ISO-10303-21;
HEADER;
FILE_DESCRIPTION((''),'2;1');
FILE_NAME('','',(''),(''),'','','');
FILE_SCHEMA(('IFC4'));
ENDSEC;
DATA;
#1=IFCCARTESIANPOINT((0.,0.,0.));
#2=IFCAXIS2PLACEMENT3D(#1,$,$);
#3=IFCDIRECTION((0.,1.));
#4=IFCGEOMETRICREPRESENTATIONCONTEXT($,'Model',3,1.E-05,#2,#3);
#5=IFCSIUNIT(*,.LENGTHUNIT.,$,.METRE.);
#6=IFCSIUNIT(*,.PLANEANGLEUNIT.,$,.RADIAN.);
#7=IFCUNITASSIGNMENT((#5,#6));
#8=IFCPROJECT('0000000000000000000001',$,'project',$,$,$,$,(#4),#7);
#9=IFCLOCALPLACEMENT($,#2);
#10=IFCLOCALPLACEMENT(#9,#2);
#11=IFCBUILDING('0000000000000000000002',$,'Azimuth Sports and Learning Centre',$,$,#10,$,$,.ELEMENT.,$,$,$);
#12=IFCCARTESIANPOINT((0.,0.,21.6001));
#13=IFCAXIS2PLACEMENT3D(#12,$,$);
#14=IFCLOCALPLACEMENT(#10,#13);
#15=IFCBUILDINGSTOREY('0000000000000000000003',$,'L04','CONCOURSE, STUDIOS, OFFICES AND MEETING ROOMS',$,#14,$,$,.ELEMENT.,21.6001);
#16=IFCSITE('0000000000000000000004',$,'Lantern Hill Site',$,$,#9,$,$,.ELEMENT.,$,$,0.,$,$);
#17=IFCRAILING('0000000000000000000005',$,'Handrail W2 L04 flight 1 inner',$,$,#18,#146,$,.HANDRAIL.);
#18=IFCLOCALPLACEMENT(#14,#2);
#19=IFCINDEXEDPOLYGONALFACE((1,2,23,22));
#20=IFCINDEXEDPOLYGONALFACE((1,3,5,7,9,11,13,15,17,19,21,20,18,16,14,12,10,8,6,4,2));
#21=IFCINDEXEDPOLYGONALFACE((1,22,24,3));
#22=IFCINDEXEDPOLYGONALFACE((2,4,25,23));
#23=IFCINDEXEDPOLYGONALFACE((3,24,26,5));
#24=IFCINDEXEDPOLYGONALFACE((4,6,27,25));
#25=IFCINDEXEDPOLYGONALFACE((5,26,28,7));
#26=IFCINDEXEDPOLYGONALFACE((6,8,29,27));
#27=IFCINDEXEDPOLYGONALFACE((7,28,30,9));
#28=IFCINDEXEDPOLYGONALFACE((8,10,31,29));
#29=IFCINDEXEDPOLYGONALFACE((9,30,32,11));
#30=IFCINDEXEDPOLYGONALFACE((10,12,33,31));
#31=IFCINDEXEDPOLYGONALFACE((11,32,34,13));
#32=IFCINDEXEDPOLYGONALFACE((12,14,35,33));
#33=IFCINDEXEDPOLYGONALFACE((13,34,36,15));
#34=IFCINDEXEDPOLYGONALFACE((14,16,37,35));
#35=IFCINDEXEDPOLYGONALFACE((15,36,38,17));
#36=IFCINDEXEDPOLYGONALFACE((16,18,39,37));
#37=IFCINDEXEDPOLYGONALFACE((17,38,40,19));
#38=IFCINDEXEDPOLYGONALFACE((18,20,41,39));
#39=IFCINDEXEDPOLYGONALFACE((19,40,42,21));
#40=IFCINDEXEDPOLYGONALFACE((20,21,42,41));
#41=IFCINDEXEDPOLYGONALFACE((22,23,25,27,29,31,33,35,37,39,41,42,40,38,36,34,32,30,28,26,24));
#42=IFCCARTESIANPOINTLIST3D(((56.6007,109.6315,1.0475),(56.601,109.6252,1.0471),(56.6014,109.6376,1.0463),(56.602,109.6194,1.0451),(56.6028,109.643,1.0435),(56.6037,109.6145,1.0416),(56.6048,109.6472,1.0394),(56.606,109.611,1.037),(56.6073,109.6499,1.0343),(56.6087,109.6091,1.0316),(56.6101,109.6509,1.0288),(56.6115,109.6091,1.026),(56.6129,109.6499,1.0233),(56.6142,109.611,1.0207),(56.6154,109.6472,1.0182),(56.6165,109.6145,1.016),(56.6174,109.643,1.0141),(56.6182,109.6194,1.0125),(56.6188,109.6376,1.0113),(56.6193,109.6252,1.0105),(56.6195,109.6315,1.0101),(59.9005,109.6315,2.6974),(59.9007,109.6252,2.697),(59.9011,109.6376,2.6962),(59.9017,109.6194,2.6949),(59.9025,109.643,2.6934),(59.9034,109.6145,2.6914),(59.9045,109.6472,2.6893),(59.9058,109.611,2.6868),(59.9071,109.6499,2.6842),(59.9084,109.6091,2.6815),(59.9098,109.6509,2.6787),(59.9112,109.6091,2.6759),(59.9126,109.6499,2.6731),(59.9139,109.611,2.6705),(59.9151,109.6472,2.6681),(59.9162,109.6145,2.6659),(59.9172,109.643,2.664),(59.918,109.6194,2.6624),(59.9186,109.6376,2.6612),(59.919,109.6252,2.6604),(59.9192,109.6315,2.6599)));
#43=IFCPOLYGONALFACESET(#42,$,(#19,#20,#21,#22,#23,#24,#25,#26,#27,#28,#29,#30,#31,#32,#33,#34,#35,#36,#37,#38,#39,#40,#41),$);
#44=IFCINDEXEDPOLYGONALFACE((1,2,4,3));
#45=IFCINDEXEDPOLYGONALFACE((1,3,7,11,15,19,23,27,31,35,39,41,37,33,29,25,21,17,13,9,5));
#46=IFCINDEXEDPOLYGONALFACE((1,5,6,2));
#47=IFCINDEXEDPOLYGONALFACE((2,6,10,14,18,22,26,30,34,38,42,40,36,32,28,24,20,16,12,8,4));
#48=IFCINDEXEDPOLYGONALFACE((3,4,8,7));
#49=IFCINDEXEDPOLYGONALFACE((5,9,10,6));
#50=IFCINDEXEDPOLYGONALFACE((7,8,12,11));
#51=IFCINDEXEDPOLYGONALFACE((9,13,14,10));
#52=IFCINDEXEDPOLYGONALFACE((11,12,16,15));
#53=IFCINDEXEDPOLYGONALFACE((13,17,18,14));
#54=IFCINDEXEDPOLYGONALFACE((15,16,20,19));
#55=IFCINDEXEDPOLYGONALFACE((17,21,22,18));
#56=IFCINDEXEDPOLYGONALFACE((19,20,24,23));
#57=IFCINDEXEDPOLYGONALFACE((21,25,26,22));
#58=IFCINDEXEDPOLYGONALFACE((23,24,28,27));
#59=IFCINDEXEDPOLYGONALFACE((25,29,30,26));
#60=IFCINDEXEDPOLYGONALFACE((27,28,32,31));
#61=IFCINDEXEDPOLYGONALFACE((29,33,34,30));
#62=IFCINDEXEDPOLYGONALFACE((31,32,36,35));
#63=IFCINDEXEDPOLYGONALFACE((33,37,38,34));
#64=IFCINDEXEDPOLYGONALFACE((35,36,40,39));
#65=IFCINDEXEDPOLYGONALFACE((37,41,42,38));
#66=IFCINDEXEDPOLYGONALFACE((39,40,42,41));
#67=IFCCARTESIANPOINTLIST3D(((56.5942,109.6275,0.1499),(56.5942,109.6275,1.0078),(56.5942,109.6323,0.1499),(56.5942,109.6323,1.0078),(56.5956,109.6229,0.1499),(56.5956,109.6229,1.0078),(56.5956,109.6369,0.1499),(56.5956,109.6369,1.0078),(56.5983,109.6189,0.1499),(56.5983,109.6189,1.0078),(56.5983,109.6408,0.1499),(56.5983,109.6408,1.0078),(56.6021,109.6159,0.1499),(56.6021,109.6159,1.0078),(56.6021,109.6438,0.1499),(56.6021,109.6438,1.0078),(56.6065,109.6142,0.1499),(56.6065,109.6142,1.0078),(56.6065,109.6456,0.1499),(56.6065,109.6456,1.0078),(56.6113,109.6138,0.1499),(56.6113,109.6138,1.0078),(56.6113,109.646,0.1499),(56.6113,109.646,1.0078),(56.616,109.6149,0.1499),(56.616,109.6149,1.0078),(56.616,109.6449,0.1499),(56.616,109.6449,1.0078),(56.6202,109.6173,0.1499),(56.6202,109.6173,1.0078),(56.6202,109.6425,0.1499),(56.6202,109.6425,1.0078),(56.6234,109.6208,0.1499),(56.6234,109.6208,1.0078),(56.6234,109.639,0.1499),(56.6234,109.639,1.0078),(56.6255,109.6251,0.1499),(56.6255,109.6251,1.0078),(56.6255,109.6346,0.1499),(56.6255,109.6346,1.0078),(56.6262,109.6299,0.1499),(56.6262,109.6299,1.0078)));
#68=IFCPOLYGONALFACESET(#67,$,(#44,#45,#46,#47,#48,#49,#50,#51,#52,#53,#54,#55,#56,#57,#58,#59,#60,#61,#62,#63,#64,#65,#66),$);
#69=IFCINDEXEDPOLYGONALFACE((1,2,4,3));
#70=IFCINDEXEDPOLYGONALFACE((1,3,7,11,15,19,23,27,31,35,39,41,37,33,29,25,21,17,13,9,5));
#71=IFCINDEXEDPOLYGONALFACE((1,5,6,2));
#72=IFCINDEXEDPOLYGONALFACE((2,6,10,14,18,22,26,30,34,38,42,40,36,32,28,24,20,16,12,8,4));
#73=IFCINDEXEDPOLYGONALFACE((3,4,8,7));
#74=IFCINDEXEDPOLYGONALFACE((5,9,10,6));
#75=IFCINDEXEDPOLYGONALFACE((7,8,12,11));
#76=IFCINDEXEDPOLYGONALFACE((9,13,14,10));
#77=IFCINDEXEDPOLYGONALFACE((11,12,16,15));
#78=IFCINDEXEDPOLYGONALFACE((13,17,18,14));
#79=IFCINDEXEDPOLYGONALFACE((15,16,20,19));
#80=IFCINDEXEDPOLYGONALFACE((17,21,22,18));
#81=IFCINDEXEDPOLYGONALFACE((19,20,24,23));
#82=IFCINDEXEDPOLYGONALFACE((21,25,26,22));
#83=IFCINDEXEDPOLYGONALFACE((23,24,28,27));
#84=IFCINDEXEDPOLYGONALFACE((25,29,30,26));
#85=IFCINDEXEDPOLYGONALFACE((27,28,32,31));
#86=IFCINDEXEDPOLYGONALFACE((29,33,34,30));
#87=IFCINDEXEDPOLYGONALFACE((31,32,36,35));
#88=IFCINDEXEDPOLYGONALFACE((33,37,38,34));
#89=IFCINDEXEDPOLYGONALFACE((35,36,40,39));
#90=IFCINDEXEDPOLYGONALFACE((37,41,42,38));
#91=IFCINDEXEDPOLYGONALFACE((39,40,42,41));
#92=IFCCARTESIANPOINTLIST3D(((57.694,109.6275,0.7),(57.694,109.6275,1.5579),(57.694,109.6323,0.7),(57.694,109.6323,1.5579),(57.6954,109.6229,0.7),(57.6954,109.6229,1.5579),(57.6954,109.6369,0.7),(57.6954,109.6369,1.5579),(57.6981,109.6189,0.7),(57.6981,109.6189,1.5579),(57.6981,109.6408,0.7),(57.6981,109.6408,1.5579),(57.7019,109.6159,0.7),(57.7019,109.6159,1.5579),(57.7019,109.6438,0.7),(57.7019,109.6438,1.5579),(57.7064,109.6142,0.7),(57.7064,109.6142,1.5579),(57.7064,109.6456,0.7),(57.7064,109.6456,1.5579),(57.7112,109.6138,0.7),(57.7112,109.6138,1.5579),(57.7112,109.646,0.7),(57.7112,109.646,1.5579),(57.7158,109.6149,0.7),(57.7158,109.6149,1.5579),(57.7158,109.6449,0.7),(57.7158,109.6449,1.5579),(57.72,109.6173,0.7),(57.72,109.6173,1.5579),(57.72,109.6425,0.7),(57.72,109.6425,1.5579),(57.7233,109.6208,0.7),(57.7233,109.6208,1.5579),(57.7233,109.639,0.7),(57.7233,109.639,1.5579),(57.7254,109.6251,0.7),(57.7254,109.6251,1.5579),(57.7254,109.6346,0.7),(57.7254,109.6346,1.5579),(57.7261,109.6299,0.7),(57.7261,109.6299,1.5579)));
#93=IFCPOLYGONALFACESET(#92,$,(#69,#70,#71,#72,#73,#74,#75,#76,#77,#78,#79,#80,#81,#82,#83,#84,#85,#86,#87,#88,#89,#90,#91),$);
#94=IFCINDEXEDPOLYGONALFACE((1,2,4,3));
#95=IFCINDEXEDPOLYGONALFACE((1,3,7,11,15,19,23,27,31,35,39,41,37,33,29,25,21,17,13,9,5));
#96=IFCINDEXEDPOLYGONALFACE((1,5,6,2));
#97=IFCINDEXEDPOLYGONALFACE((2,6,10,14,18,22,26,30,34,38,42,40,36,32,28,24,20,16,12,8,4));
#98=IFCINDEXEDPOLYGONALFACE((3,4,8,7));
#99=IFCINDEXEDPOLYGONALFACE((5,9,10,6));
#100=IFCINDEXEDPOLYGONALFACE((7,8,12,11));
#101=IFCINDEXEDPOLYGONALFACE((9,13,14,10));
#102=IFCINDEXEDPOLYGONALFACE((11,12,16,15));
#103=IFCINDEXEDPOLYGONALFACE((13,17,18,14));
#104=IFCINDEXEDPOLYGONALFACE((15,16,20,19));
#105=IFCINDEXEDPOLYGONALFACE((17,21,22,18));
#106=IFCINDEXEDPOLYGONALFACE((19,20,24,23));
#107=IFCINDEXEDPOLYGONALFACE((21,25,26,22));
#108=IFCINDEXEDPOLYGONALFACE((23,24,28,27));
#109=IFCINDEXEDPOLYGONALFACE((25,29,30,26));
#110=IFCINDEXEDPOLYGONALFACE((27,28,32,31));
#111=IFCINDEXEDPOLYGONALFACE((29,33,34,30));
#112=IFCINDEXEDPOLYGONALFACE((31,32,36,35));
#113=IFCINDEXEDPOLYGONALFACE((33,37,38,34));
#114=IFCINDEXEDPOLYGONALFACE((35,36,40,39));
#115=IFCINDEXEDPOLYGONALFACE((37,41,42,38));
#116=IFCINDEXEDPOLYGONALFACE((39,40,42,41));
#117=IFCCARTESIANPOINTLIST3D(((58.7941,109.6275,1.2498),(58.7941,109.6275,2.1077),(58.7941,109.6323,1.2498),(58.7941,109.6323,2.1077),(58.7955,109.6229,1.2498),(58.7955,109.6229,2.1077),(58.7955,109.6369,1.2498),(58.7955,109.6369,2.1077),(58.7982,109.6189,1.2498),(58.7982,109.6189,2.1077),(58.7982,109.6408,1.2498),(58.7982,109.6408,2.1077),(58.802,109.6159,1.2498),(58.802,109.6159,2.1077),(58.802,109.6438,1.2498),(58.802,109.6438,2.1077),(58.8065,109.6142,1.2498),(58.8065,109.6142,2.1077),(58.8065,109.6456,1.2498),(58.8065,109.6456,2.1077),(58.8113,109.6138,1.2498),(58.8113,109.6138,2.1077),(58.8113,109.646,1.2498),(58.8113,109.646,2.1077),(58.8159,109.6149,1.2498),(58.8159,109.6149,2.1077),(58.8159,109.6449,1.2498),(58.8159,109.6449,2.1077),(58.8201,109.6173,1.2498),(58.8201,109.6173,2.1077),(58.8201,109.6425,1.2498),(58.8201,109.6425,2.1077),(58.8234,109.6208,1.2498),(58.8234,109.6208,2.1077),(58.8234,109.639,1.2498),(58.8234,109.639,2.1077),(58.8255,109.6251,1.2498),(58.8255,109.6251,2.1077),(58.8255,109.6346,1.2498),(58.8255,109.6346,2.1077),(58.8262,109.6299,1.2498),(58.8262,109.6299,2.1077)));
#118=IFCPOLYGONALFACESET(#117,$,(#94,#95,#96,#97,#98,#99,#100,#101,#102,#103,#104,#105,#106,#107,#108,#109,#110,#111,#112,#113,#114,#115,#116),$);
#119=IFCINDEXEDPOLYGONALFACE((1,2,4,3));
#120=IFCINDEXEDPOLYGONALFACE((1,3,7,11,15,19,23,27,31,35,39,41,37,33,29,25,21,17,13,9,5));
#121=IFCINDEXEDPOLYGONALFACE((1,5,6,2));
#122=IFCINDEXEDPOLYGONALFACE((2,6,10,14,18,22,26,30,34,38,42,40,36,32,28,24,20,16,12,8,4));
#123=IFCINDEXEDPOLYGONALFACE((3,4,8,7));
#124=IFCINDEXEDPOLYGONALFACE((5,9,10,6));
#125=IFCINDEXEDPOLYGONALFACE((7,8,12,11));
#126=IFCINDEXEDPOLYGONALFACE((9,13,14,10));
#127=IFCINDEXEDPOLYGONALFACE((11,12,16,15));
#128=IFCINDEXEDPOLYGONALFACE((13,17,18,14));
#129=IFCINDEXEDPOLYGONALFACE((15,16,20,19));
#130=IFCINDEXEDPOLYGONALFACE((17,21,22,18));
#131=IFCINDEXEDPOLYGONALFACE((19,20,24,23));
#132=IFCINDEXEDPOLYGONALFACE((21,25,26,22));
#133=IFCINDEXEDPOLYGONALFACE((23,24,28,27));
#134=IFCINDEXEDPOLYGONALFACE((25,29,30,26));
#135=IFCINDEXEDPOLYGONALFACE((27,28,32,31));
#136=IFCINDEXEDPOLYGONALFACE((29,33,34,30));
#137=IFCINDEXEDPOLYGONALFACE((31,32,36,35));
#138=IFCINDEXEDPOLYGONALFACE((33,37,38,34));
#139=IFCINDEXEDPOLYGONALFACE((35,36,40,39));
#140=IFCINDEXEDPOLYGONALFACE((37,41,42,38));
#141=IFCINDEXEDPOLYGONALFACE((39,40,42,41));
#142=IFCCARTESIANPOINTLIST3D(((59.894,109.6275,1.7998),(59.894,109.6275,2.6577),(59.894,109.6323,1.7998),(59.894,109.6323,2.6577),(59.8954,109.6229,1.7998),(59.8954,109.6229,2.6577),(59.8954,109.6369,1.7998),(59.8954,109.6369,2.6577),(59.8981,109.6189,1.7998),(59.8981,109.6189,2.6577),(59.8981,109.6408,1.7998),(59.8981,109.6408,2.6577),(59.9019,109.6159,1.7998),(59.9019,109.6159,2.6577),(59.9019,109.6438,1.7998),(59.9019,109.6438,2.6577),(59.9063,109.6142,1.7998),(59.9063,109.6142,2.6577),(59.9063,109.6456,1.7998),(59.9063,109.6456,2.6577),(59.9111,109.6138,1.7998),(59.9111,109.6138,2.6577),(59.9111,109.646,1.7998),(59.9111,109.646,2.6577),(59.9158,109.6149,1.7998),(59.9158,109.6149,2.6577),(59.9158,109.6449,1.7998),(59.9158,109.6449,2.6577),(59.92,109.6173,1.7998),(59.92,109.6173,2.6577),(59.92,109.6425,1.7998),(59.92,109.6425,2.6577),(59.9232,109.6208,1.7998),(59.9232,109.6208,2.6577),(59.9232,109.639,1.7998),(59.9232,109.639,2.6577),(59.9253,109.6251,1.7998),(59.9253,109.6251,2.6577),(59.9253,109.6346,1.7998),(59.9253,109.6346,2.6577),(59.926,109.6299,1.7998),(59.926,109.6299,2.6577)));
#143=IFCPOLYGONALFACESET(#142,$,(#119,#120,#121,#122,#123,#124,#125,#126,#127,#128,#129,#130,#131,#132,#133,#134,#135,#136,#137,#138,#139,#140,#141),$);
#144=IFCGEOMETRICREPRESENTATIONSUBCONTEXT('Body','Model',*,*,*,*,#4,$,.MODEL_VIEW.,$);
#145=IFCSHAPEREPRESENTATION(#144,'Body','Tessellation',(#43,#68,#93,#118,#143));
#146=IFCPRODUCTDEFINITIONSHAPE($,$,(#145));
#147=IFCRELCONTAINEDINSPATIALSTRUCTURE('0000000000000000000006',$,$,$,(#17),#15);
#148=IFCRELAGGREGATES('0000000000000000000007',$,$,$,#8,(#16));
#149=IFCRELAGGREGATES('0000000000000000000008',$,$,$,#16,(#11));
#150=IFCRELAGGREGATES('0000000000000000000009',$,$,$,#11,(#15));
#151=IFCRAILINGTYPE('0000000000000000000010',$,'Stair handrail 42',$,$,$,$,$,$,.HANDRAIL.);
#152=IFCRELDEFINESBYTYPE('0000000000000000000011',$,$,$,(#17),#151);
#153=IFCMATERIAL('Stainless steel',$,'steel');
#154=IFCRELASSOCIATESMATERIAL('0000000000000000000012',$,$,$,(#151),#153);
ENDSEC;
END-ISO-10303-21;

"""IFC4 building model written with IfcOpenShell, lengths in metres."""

from ifc_helpers import new_model, si_unit, direction, frame, origin, origin_2d, place, context, subcontext, project, spatial, circle, extrude, material, type_object, element, save


model = new_model("IFC4")

# Units and contexts
model_context = context("Model", 3, precision=1e-05, world=origin(), true_north=direction((0.0, 1.0)))
body_context = subcontext(model_context, "Body", "Model", "MODEL_VIEW")
ifc_project = project(units=[si_unit("LENGTHUNIT", "METRE"), si_unit("PLANEANGLEUNIT", "RADIAN")], contexts=[model_context])

# Site, building, storey
site_placement = place(None, origin())
site = spatial("IfcSite", under=ifc_project, at=site_placement, Name="Lantern Hill Site", CompositionType="ELEMENT", RefElevation=0.0)
building_placement = place(site_placement, origin())
building = spatial("IfcBuilding", under=site, at=building_placement, Name="Azimuth Sports and Learning Centre", CompositionType="ELEMENT")
storey_placement = place(building_placement, frame((0.0, 0.0, 21.6001)))
storey = spatial("IfcBuildingStorey", under=building, at=storey_placement, Name="L04", Description="CONCOURSE, STUDIOS, OFFICES AND MEETING ROOMS", CompositionType="ELEMENT", Elevation=21.6001)

# Railing
ifc_material_1 = material(Name="Stainless steel", Category="steel")
railing_type_1 = type_object("IfcRailingType", Name="Stair handrail 42", PredefinedType="HANDRAIL", material=ifc_material_1)
for number, where, name in (
    (1, (56.6101, 109.6299, 0.1499), "Handrail W2 L04 flight 1 inner"),
):
    element("IfcRailing", number, at=place(storey_placement, frame(where)), inside=storey, type_object=railing_type_1, Name=name, PredefinedType="HANDRAIL", context=body_context, shape_type="SweptSolid", body=[
        extrude(circle(Radius=0.021, at=origin_2d()), frame((0.0, 0.0, 0.8789), z_axis=(0.894427, 0.0, 0.447214), x_axis=(0.0, 1.0, 0.0)), (0.0, 0.0, 1.0), 3.6892),
        extrude(circle(Radius=0.0161, at=origin_2d()), origin(), (0.0, 0.0, 1.0), 0.8579),
        extrude(circle(Radius=0.0161, at=origin_2d()), frame((1.0999, 0.0, 0.55)), (0.0, 0.0, 1.0), 0.8579),
        extrude(circle(Radius=0.0161, at=origin_2d()), frame((2.2, 0.0, 1.0999)), (0.0, 0.0, 1.0), 0.8579),
        extrude(circle(Radius=0.0161, at=origin_2d()), frame((3.2998, 0.0, 1.6499)), (0.0, 0.0, 1.0), 0.8579),
    ])

save(model, "model.ifc")
